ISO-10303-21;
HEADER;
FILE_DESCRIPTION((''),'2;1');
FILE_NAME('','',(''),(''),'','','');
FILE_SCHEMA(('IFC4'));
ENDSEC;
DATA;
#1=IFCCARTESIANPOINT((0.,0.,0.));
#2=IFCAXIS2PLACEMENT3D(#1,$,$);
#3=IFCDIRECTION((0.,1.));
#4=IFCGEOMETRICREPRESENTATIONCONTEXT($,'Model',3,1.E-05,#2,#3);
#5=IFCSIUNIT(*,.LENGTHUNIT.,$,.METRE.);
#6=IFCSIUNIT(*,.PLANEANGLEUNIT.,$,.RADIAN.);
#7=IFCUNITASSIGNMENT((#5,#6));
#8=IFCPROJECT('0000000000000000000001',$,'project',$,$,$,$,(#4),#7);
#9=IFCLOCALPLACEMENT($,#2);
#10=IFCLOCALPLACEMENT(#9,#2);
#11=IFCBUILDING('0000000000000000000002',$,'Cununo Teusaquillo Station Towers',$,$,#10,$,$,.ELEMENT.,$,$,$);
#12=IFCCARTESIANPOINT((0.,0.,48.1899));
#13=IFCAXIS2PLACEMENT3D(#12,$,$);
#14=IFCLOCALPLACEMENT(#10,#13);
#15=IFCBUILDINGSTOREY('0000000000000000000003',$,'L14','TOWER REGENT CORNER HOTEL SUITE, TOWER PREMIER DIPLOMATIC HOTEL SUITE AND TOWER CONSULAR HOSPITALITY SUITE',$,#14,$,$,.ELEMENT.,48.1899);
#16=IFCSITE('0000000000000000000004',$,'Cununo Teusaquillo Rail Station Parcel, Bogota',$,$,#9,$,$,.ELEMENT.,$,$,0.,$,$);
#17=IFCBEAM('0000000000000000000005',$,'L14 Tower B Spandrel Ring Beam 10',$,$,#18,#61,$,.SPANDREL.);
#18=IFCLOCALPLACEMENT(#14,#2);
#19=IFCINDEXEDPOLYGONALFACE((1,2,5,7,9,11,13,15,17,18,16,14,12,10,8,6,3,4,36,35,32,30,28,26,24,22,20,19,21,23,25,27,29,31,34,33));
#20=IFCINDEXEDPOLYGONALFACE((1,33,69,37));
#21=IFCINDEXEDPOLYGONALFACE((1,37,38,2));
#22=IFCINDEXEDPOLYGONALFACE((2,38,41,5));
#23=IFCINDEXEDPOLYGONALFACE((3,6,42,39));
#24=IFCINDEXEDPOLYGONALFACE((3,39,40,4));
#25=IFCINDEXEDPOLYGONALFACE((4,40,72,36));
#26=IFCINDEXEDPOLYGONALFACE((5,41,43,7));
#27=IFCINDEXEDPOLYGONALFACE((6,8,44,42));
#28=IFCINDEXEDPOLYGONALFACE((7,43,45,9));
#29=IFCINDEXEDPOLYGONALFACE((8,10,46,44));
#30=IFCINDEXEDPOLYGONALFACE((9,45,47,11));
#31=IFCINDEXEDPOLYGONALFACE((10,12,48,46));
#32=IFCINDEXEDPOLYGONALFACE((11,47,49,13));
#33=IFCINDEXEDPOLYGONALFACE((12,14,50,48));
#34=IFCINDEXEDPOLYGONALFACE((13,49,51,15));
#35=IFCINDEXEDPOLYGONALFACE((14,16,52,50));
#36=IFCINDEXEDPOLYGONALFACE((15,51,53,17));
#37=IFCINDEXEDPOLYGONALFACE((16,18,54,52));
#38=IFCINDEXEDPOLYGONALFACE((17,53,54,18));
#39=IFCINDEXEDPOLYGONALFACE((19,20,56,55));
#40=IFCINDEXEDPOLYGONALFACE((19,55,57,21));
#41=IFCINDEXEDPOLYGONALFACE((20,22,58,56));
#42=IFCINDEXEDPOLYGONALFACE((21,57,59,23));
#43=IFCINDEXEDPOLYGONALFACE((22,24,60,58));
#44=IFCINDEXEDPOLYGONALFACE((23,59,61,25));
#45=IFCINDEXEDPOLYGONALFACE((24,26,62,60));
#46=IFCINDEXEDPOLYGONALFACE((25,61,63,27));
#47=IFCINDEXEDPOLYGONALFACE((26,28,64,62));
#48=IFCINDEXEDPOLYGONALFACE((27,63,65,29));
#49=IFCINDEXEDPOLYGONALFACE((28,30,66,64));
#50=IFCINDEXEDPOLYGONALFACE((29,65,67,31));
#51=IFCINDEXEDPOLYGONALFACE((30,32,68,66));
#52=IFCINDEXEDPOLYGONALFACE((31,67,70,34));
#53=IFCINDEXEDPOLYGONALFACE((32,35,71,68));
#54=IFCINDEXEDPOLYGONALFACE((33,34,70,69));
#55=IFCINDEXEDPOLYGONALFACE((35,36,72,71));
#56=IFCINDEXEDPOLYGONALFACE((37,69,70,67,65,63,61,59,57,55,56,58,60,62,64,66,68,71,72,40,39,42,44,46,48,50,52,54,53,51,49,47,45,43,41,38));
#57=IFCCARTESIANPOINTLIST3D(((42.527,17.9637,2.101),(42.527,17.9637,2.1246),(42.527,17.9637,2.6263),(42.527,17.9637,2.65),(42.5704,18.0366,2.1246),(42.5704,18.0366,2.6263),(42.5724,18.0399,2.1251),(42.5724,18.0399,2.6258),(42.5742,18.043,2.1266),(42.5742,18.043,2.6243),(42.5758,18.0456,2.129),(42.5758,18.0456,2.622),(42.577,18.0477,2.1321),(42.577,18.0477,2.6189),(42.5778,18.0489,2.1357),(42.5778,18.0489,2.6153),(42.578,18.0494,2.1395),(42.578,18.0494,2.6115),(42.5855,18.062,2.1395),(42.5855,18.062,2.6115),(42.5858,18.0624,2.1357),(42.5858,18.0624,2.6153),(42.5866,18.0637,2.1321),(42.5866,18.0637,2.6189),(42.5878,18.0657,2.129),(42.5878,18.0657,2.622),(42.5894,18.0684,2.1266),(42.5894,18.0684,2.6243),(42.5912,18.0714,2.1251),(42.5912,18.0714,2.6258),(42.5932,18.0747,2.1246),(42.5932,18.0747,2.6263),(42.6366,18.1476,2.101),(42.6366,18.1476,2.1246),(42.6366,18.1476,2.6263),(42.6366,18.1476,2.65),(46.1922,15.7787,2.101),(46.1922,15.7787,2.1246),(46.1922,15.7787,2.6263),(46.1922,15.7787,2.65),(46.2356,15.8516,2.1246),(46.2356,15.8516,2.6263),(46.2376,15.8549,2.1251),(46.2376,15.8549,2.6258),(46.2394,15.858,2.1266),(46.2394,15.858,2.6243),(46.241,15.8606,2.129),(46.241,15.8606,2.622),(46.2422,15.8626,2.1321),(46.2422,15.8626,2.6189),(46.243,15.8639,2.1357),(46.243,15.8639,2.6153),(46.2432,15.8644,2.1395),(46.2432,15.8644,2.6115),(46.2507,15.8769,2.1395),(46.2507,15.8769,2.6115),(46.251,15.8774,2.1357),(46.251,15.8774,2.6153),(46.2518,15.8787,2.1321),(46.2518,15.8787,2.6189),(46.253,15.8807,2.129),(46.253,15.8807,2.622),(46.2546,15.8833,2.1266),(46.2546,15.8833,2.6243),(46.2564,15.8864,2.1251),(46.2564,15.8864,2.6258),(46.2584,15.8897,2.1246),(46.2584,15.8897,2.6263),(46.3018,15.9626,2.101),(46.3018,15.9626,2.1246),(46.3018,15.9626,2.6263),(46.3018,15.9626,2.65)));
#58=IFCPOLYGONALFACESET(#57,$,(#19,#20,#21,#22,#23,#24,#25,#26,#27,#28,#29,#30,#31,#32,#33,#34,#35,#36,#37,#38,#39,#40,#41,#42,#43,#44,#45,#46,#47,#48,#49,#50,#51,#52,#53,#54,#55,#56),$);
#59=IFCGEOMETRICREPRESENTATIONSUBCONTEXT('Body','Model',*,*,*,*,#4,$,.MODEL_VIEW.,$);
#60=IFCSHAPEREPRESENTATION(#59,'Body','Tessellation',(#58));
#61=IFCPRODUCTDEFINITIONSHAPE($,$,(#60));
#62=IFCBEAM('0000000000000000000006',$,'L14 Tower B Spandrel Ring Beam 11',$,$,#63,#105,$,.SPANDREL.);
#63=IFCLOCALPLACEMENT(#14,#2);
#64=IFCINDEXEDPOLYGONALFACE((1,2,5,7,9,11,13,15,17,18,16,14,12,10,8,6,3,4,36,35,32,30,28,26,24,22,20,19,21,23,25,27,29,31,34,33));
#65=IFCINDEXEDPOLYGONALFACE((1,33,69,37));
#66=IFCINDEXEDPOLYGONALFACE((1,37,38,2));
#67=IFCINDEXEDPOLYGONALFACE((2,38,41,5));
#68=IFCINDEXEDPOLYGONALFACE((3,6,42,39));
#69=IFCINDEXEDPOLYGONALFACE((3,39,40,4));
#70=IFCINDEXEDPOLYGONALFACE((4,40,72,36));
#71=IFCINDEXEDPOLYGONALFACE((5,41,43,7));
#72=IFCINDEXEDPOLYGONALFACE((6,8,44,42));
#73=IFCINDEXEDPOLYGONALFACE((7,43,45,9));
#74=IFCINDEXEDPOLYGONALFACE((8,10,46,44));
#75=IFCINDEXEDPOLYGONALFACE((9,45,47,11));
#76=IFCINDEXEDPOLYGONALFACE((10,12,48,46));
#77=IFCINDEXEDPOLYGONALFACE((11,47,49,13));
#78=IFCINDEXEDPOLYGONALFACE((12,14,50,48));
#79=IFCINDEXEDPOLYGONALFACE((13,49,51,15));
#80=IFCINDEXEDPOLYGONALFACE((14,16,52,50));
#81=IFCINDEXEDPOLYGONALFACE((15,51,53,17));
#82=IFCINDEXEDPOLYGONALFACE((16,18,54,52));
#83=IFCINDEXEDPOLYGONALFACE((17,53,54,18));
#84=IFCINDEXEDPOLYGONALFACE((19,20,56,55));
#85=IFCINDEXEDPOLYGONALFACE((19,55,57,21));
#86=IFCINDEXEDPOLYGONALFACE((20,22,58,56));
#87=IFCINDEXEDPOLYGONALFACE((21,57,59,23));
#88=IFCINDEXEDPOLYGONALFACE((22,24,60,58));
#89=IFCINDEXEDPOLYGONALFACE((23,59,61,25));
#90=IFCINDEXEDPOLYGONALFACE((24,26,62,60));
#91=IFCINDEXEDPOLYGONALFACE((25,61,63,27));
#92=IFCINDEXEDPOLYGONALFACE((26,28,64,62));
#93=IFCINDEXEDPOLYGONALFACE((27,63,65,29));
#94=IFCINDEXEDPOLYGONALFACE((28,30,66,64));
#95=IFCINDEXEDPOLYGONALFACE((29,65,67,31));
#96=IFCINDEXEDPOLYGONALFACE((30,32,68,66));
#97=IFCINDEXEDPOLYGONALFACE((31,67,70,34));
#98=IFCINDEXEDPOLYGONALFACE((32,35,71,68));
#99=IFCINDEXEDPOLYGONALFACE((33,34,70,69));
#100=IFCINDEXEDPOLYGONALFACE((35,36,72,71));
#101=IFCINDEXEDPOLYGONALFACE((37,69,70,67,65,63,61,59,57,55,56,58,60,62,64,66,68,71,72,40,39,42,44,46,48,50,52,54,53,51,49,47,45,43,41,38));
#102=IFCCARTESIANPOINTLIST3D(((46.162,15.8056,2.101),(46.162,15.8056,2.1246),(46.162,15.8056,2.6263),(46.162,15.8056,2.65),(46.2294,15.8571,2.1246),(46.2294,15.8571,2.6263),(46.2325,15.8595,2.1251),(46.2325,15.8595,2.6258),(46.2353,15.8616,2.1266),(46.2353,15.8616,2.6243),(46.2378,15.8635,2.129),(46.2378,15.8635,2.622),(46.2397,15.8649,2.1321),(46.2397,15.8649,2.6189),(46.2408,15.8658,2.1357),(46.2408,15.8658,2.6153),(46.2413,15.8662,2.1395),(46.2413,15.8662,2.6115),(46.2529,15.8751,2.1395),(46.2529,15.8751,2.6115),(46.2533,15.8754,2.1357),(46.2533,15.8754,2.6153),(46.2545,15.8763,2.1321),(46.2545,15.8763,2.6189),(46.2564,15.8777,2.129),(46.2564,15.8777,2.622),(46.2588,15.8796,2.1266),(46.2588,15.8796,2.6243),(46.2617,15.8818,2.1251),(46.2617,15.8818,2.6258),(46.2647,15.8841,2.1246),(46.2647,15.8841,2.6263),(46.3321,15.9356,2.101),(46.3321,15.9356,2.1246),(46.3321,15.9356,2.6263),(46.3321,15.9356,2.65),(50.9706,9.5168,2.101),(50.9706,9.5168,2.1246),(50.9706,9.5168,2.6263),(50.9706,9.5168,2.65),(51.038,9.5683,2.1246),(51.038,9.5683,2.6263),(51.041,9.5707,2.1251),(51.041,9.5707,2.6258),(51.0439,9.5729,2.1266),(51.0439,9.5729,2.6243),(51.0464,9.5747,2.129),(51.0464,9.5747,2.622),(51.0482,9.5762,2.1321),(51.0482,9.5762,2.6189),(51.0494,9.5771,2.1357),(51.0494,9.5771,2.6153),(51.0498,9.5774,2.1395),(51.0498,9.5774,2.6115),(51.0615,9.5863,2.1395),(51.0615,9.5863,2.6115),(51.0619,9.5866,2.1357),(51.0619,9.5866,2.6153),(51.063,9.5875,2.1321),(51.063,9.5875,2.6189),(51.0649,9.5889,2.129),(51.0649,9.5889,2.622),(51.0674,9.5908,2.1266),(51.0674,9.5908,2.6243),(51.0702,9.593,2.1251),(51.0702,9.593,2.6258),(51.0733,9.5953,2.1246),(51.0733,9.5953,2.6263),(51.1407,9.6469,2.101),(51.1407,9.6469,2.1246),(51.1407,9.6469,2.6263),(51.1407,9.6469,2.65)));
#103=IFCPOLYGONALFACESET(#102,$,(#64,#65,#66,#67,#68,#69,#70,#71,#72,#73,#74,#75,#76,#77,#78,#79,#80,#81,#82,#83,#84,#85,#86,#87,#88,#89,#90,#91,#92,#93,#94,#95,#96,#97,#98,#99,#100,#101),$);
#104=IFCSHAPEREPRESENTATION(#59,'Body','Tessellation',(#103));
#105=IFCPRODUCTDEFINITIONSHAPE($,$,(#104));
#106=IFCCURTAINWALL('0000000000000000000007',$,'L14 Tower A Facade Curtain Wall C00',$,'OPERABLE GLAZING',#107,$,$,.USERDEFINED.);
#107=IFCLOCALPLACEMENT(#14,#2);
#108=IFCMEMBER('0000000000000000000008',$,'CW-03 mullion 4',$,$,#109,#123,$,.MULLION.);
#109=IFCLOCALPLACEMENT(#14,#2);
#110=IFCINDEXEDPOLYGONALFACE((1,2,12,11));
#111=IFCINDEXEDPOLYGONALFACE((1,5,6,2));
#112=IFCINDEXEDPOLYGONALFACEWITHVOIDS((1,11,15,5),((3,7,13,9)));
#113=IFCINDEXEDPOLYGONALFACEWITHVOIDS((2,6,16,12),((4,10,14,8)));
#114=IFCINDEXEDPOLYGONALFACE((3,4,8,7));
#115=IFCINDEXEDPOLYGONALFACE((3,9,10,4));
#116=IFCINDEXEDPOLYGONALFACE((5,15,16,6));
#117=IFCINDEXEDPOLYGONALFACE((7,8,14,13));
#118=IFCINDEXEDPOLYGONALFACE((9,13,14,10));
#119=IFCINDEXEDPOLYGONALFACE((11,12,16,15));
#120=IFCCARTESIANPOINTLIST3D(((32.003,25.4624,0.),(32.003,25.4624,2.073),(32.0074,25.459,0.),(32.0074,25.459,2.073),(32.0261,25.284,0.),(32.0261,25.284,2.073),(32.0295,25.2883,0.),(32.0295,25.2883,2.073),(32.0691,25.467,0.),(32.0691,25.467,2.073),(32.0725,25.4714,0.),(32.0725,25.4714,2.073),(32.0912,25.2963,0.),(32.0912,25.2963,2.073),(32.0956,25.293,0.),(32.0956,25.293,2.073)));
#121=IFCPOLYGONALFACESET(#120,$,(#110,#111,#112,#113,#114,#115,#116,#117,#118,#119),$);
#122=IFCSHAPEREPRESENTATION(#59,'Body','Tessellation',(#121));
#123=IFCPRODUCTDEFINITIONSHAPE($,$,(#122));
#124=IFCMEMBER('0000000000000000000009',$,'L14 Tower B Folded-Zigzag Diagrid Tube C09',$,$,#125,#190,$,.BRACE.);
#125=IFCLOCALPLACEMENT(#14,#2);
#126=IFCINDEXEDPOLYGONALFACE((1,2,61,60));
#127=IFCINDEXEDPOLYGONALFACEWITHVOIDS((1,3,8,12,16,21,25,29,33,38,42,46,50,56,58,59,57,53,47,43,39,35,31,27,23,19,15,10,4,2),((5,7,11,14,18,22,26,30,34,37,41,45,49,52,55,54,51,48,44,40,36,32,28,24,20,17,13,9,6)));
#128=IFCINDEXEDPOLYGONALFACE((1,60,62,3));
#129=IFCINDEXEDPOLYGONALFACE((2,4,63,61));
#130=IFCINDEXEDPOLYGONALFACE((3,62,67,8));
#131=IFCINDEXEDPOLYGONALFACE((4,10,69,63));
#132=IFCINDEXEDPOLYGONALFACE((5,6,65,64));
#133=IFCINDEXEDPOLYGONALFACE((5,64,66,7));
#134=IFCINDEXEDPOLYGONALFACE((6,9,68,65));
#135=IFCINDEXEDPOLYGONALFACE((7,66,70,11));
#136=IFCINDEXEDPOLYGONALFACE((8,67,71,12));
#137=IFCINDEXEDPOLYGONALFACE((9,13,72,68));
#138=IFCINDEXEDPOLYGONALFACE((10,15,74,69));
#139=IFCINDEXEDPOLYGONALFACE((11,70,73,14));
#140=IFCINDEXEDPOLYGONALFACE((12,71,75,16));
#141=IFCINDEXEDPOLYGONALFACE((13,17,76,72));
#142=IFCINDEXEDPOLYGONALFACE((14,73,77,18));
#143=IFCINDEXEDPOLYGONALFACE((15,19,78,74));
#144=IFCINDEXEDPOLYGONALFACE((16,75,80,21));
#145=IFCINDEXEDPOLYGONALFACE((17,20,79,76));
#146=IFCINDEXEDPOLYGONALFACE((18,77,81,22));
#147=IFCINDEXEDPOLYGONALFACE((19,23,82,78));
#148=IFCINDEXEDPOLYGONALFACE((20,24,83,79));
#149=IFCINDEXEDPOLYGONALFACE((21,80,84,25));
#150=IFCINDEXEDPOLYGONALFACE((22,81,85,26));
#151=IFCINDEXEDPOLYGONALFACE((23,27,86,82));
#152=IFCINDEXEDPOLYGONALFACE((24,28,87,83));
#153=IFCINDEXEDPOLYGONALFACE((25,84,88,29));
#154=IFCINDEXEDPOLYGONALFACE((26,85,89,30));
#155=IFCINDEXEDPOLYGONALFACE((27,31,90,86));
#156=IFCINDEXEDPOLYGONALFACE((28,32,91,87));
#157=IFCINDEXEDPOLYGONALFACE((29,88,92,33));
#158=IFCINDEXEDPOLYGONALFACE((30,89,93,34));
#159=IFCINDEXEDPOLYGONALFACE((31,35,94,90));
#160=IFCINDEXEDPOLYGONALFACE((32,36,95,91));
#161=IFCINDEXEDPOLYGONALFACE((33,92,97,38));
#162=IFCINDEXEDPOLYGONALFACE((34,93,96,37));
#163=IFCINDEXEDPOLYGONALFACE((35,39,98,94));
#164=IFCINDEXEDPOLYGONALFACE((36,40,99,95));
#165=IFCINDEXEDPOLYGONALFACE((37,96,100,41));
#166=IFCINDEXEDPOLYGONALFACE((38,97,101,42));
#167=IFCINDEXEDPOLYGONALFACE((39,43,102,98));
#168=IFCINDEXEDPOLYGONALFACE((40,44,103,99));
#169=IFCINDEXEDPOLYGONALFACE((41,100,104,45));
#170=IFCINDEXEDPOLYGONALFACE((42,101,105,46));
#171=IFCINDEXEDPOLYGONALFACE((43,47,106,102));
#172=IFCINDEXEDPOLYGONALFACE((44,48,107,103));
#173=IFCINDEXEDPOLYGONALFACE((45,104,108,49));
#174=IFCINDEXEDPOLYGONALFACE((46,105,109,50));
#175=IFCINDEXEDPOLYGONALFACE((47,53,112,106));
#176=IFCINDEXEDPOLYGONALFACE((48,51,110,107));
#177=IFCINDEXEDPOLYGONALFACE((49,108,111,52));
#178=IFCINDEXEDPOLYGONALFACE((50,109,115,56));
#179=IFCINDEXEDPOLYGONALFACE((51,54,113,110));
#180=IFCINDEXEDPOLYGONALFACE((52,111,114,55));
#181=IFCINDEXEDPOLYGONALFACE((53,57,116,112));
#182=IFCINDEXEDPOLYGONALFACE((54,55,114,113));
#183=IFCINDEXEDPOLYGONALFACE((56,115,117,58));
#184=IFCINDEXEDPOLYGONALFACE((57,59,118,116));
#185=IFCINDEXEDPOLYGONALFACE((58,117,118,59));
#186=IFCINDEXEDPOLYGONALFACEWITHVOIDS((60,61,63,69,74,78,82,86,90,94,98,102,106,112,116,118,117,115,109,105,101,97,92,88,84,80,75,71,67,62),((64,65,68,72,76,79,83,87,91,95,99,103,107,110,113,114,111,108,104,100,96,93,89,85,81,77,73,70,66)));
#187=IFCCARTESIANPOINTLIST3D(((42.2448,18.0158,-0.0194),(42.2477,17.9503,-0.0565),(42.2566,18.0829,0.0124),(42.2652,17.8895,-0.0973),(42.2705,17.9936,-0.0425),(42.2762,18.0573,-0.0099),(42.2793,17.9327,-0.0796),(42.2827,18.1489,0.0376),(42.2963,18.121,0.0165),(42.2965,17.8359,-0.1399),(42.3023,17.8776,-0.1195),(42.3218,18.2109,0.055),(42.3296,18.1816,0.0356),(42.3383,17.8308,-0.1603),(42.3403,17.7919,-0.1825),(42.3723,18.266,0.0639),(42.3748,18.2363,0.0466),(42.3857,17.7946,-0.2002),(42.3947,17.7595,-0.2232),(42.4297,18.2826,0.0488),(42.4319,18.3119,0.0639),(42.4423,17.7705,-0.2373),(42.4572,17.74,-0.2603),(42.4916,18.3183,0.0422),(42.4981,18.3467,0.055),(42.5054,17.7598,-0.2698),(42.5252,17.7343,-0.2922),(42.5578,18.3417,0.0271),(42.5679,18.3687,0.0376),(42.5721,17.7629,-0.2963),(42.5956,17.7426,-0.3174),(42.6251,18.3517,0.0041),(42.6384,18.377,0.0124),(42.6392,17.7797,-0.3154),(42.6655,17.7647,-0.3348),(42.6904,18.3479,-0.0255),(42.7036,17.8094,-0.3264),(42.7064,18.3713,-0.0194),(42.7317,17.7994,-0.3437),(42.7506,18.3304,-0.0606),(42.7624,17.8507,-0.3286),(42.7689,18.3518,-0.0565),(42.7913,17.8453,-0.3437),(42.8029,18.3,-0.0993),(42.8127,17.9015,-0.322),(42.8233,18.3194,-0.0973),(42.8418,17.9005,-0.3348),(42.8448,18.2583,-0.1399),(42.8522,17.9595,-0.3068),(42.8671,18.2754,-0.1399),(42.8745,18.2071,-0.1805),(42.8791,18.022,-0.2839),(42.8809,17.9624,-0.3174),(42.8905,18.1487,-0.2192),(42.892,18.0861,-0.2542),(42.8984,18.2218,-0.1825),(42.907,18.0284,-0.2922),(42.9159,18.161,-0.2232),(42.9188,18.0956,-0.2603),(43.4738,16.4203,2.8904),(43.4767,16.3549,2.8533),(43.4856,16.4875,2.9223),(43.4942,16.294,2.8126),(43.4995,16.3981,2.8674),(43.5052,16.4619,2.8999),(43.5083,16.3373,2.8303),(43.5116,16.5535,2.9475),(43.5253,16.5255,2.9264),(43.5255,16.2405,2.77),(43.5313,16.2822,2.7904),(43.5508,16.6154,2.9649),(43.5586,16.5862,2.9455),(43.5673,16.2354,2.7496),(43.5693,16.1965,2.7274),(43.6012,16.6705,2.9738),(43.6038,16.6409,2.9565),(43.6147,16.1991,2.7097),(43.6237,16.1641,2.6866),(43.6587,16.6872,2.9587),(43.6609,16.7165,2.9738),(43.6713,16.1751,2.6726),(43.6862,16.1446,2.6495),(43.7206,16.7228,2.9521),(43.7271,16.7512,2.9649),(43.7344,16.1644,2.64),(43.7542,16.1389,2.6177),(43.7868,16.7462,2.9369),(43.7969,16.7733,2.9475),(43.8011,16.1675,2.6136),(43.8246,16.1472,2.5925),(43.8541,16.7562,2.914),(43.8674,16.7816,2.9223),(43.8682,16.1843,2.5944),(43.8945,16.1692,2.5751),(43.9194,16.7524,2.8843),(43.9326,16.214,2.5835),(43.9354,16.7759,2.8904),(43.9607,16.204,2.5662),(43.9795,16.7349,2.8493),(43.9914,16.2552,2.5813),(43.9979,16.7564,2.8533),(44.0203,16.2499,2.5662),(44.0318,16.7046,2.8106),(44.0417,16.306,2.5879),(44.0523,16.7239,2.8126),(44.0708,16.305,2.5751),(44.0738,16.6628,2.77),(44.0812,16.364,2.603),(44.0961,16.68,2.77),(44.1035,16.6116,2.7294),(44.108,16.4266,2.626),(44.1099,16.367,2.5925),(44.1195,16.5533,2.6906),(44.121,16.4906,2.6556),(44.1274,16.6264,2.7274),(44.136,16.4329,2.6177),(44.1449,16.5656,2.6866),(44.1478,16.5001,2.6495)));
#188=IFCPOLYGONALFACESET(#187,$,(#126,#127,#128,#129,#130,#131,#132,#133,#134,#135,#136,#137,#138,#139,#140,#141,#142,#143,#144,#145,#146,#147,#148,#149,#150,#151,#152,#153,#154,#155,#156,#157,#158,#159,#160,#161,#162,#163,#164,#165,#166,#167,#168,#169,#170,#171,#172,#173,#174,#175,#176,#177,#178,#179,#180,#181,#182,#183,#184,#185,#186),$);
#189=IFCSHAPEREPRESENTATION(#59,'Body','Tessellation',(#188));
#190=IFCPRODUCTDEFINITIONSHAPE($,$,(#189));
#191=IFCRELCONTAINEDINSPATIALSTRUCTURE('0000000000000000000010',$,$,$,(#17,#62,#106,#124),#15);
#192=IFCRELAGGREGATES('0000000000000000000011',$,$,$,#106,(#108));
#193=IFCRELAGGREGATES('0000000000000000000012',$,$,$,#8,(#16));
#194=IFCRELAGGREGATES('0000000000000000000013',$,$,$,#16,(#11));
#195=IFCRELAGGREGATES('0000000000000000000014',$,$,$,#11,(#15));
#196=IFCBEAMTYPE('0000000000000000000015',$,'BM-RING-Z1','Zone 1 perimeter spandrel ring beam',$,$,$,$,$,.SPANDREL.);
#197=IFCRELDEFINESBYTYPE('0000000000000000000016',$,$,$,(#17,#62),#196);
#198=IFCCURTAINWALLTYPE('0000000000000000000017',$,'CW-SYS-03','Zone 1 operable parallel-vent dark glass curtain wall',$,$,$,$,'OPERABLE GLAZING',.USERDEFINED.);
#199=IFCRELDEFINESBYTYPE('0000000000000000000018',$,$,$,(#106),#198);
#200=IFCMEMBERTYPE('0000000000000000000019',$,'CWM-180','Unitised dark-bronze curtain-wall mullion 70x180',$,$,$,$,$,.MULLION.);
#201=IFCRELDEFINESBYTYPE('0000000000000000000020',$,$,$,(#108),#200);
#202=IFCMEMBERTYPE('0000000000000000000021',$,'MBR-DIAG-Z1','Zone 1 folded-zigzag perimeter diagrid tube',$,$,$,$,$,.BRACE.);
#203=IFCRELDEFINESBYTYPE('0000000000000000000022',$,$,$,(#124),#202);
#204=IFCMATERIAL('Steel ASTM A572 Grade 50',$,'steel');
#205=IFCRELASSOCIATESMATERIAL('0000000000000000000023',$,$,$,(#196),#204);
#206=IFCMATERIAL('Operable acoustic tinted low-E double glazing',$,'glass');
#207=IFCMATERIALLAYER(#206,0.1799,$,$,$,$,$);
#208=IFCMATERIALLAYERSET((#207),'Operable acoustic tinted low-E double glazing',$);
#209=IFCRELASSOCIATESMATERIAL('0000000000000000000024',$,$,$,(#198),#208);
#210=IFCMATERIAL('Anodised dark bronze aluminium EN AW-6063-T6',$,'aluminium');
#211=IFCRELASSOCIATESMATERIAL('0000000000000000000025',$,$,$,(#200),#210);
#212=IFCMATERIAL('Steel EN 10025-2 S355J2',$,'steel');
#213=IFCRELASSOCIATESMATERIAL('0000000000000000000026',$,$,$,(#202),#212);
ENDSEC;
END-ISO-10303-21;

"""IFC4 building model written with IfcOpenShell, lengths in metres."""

from ifc_helpers import new_model, si_unit, direction, frame, origin, origin_2d, place, context, subcontext, project, spatial, hollow_rectangle, hollow_circle, i_section, extrude, material, layer, layer_set, material_profile, profile_set, type_object, element, aggregate, save


model = new_model("IFC4")

# Units and contexts
model_context = context("Model", 3, precision=1e-05, world=origin(), true_north=direction((0.0, 1.0)))
body_context = subcontext(model_context, "Body", "Model", "MODEL_VIEW")
ifc_project = project(units=[si_unit("LENGTHUNIT", "METRE"), si_unit("PLANEANGLEUNIT", "RADIAN")], contexts=[model_context])

# Site, building, storey
site_placement = place(None, origin())
site = spatial("IfcSite", under=ifc_project, at=site_placement, Name="Cununo Teusaquillo Rail Station Parcel, Bogota", CompositionType="ELEMENT", RefElevation=0.0)
building_placement = place(site_placement, origin())
building = spatial("IfcBuilding", under=site, at=building_placement, Name="Cununo Teusaquillo Station Towers", CompositionType="ELEMENT")
storey_placement = place(building_placement, frame((0.0, 0.0, 48.1899)))
storey = spatial("IfcBuildingStorey", under=building, at=storey_placement, Name="L14", Description="TOWER REGENT CORNER HOTEL SUITE, TOWER PREMIER DIPLOMATIC HOTEL SUITE AND TOWER CONSULAR HOSPITALITY SUITE", CompositionType="ELEMENT", Elevation=48.1899)

# Beams
ifc_material_1 = material(Name="Steel ASTM A572 Grade 50", Category="steel")
ifc_material_profile_1 = material_profile(ifc_material_1, i_section(OverallWidth=0.2141, OverallDepth=0.5491, WebThickness=0.0146, FlangeThickness=0.0237, FilletRadius=0.0149, at=origin_2d()), Name="W21X93")
ifc_profile_set_1 = profile_set([ifc_material_profile_1], Name="Steel ASTM A572 Grade 50")
beam_type = type_object("IfcBeamType", Name="BM-RING-Z1", Description="Zone 1 perimeter spandrel ring beam", PredefinedType="SPANDREL", material=ifc_profile_set_1)
beam_1_placement = place(storey_placement, frame((42.5818, 18.0557, 2.3755), z_axis=(0.858948, -0.512062, 0.0), x_axis=(0.512062, 0.858948, 0.0)))
element("IfcBeam", 1, at=beam_1_placement, inside=storey, type_object=beam_type, Name="L14 Tower B Spandrel Ring Beam 10", PredefinedType="SPANDREL", context=body_context, shape_type="SweptSolid", body=[
    extrude(i_section(OverallWidth=0.2141, OverallDepth=0.5491, WebThickness=0.0146, FlangeThickness=0.0237, FilletRadius=0.0149, at=origin_2d()), origin(), (0.0, 0.0, 1.0), 4.2671),
])
beam_2_placement = place(storey_placement, frame((46.2471, 15.8706, 2.3755), z_axis=(0.60741, -0.794388, 0.0), x_axis=(0.794388, 0.60741, 0.0)))
element("IfcBeam", 2, at=beam_2_placement, inside=storey, type_object=beam_type, Name="L14 Tower B Spandrel Ring Beam 11", PredefinedType="SPANDREL", context=body_context, shape_type="SweptSolid", body=[
    extrude(i_section(OverallWidth=0.2141, OverallDepth=0.5491, WebThickness=0.0146, FlangeThickness=0.0237, FilletRadius=0.0149, at=origin_2d()), origin(), (0.0, 0.0, 1.0), 7.9165),
])

# Curtain wall, member
ifc_material_2 = material(Name="Operable acoustic tinted low-E double glazing", Category="glass")
ifc_layer_1 = layer(ifc_material_2, 0.1799)
ifc_layer_set_1 = layer_set([ifc_layer_1], Name="Operable acoustic tinted low-E double glazing")
curtain_wall_type = type_object("IfcCurtainWallType", Name="CW-SYS-03", Description="Zone 1 operable parallel-vent dark glass curtain wall", ElementType="OPERABLE GLAZING", PredefinedType="USERDEFINED", material=ifc_layer_set_1)
curtain_wall_placement = place(storey_placement, origin())
curtain_wall = element("IfcCurtainWall", 3, at=curtain_wall_placement, inside=storey, type_object=curtain_wall_type, Name="L14 Tower A Facade Curtain Wall C00", ObjectType="OPERABLE GLAZING", PredefinedType="USERDEFINED")
ifc_material_3 = material(Name="Anodised dark bronze aluminium EN AW-6063-T6", Category="aluminium")
ifc_material_profile_2 = material_profile(ifc_material_3, hollow_rectangle(XDim=0.0701, YDim=0.1799, WallThickness=0.0039, at=origin_2d()), Name="CW-MULL-70x180")
ifc_profile_set_2 = profile_set([ifc_material_profile_2], Name="Anodised dark bronze aluminium EN AW-6063-T6")
member_type_1 = type_object("IfcMemberType", Name="CWM-180", Description="Unitised dark-bronze curtain-wall mullion 70x180", PredefinedType="MULLION", material=ifc_profile_set_2)
member_1_placement = place(storey_placement, frame((32.0493, 25.3777, 0.0), z_axis=(0.0, 0.0, 1.0), x_axis=(0.991731, 0.128336, 0.0)))
member_1 = element("IfcMember", 4, at=member_1_placement, type_object=member_type_1, Name="CW-03 mullion 4", PredefinedType="MULLION", context=body_context, shape_type="SweptSolid", body=[
    extrude(hollow_rectangle(XDim=0.0701, YDim=0.1799, WallThickness=0.0039, at=origin_2d()), origin(), (0.0, 0.0, 1.0), 2.073),
])
aggregate(curtain_wall, [member_1])

# Member
ifc_material_4 = material(Name="Steel EN 10025-2 S355J2", Category="steel")
ifc_material_profile_3 = material_profile(ifc_material_4, hollow_circle(Radius=0.3601, WallThickness=0.0281, at=origin_2d()), Name="CHS 720x28")
ifc_profile_set_3 = profile_set([ifc_material_profile_3], Name="Steel EN 10025-2 S355J2")
member_type_2 = type_object("IfcMemberType", Name="MBR-DIAG-Z1", Description="Zone 1 folded-zigzag perimeter diagrid tube", PredefinedType="BRACE", material=ifc_profile_set_3)
member_2_placement = place(storey_placement, frame((42.5818, 18.0557, -0.1399), z_axis=(0.347288, -0.45084, 0.822274), x_axis=(0.792209, 0.61025, 0.0)))
element("IfcMember", 5, at=member_2_placement, inside=storey, type_object=member_type_2, Name="L14 Tower B Folded-Zigzag Diagrid Tube C09", PredefinedType="BRACE", context=body_context, shape_type="SweptSolid", body=[
    extrude(hollow_circle(Radius=0.3601, WallThickness=0.0281, at=origin_2d()), origin(), (0.0, 0.0, 1.0), 3.5388),
])

save(model, "model.ifc")
